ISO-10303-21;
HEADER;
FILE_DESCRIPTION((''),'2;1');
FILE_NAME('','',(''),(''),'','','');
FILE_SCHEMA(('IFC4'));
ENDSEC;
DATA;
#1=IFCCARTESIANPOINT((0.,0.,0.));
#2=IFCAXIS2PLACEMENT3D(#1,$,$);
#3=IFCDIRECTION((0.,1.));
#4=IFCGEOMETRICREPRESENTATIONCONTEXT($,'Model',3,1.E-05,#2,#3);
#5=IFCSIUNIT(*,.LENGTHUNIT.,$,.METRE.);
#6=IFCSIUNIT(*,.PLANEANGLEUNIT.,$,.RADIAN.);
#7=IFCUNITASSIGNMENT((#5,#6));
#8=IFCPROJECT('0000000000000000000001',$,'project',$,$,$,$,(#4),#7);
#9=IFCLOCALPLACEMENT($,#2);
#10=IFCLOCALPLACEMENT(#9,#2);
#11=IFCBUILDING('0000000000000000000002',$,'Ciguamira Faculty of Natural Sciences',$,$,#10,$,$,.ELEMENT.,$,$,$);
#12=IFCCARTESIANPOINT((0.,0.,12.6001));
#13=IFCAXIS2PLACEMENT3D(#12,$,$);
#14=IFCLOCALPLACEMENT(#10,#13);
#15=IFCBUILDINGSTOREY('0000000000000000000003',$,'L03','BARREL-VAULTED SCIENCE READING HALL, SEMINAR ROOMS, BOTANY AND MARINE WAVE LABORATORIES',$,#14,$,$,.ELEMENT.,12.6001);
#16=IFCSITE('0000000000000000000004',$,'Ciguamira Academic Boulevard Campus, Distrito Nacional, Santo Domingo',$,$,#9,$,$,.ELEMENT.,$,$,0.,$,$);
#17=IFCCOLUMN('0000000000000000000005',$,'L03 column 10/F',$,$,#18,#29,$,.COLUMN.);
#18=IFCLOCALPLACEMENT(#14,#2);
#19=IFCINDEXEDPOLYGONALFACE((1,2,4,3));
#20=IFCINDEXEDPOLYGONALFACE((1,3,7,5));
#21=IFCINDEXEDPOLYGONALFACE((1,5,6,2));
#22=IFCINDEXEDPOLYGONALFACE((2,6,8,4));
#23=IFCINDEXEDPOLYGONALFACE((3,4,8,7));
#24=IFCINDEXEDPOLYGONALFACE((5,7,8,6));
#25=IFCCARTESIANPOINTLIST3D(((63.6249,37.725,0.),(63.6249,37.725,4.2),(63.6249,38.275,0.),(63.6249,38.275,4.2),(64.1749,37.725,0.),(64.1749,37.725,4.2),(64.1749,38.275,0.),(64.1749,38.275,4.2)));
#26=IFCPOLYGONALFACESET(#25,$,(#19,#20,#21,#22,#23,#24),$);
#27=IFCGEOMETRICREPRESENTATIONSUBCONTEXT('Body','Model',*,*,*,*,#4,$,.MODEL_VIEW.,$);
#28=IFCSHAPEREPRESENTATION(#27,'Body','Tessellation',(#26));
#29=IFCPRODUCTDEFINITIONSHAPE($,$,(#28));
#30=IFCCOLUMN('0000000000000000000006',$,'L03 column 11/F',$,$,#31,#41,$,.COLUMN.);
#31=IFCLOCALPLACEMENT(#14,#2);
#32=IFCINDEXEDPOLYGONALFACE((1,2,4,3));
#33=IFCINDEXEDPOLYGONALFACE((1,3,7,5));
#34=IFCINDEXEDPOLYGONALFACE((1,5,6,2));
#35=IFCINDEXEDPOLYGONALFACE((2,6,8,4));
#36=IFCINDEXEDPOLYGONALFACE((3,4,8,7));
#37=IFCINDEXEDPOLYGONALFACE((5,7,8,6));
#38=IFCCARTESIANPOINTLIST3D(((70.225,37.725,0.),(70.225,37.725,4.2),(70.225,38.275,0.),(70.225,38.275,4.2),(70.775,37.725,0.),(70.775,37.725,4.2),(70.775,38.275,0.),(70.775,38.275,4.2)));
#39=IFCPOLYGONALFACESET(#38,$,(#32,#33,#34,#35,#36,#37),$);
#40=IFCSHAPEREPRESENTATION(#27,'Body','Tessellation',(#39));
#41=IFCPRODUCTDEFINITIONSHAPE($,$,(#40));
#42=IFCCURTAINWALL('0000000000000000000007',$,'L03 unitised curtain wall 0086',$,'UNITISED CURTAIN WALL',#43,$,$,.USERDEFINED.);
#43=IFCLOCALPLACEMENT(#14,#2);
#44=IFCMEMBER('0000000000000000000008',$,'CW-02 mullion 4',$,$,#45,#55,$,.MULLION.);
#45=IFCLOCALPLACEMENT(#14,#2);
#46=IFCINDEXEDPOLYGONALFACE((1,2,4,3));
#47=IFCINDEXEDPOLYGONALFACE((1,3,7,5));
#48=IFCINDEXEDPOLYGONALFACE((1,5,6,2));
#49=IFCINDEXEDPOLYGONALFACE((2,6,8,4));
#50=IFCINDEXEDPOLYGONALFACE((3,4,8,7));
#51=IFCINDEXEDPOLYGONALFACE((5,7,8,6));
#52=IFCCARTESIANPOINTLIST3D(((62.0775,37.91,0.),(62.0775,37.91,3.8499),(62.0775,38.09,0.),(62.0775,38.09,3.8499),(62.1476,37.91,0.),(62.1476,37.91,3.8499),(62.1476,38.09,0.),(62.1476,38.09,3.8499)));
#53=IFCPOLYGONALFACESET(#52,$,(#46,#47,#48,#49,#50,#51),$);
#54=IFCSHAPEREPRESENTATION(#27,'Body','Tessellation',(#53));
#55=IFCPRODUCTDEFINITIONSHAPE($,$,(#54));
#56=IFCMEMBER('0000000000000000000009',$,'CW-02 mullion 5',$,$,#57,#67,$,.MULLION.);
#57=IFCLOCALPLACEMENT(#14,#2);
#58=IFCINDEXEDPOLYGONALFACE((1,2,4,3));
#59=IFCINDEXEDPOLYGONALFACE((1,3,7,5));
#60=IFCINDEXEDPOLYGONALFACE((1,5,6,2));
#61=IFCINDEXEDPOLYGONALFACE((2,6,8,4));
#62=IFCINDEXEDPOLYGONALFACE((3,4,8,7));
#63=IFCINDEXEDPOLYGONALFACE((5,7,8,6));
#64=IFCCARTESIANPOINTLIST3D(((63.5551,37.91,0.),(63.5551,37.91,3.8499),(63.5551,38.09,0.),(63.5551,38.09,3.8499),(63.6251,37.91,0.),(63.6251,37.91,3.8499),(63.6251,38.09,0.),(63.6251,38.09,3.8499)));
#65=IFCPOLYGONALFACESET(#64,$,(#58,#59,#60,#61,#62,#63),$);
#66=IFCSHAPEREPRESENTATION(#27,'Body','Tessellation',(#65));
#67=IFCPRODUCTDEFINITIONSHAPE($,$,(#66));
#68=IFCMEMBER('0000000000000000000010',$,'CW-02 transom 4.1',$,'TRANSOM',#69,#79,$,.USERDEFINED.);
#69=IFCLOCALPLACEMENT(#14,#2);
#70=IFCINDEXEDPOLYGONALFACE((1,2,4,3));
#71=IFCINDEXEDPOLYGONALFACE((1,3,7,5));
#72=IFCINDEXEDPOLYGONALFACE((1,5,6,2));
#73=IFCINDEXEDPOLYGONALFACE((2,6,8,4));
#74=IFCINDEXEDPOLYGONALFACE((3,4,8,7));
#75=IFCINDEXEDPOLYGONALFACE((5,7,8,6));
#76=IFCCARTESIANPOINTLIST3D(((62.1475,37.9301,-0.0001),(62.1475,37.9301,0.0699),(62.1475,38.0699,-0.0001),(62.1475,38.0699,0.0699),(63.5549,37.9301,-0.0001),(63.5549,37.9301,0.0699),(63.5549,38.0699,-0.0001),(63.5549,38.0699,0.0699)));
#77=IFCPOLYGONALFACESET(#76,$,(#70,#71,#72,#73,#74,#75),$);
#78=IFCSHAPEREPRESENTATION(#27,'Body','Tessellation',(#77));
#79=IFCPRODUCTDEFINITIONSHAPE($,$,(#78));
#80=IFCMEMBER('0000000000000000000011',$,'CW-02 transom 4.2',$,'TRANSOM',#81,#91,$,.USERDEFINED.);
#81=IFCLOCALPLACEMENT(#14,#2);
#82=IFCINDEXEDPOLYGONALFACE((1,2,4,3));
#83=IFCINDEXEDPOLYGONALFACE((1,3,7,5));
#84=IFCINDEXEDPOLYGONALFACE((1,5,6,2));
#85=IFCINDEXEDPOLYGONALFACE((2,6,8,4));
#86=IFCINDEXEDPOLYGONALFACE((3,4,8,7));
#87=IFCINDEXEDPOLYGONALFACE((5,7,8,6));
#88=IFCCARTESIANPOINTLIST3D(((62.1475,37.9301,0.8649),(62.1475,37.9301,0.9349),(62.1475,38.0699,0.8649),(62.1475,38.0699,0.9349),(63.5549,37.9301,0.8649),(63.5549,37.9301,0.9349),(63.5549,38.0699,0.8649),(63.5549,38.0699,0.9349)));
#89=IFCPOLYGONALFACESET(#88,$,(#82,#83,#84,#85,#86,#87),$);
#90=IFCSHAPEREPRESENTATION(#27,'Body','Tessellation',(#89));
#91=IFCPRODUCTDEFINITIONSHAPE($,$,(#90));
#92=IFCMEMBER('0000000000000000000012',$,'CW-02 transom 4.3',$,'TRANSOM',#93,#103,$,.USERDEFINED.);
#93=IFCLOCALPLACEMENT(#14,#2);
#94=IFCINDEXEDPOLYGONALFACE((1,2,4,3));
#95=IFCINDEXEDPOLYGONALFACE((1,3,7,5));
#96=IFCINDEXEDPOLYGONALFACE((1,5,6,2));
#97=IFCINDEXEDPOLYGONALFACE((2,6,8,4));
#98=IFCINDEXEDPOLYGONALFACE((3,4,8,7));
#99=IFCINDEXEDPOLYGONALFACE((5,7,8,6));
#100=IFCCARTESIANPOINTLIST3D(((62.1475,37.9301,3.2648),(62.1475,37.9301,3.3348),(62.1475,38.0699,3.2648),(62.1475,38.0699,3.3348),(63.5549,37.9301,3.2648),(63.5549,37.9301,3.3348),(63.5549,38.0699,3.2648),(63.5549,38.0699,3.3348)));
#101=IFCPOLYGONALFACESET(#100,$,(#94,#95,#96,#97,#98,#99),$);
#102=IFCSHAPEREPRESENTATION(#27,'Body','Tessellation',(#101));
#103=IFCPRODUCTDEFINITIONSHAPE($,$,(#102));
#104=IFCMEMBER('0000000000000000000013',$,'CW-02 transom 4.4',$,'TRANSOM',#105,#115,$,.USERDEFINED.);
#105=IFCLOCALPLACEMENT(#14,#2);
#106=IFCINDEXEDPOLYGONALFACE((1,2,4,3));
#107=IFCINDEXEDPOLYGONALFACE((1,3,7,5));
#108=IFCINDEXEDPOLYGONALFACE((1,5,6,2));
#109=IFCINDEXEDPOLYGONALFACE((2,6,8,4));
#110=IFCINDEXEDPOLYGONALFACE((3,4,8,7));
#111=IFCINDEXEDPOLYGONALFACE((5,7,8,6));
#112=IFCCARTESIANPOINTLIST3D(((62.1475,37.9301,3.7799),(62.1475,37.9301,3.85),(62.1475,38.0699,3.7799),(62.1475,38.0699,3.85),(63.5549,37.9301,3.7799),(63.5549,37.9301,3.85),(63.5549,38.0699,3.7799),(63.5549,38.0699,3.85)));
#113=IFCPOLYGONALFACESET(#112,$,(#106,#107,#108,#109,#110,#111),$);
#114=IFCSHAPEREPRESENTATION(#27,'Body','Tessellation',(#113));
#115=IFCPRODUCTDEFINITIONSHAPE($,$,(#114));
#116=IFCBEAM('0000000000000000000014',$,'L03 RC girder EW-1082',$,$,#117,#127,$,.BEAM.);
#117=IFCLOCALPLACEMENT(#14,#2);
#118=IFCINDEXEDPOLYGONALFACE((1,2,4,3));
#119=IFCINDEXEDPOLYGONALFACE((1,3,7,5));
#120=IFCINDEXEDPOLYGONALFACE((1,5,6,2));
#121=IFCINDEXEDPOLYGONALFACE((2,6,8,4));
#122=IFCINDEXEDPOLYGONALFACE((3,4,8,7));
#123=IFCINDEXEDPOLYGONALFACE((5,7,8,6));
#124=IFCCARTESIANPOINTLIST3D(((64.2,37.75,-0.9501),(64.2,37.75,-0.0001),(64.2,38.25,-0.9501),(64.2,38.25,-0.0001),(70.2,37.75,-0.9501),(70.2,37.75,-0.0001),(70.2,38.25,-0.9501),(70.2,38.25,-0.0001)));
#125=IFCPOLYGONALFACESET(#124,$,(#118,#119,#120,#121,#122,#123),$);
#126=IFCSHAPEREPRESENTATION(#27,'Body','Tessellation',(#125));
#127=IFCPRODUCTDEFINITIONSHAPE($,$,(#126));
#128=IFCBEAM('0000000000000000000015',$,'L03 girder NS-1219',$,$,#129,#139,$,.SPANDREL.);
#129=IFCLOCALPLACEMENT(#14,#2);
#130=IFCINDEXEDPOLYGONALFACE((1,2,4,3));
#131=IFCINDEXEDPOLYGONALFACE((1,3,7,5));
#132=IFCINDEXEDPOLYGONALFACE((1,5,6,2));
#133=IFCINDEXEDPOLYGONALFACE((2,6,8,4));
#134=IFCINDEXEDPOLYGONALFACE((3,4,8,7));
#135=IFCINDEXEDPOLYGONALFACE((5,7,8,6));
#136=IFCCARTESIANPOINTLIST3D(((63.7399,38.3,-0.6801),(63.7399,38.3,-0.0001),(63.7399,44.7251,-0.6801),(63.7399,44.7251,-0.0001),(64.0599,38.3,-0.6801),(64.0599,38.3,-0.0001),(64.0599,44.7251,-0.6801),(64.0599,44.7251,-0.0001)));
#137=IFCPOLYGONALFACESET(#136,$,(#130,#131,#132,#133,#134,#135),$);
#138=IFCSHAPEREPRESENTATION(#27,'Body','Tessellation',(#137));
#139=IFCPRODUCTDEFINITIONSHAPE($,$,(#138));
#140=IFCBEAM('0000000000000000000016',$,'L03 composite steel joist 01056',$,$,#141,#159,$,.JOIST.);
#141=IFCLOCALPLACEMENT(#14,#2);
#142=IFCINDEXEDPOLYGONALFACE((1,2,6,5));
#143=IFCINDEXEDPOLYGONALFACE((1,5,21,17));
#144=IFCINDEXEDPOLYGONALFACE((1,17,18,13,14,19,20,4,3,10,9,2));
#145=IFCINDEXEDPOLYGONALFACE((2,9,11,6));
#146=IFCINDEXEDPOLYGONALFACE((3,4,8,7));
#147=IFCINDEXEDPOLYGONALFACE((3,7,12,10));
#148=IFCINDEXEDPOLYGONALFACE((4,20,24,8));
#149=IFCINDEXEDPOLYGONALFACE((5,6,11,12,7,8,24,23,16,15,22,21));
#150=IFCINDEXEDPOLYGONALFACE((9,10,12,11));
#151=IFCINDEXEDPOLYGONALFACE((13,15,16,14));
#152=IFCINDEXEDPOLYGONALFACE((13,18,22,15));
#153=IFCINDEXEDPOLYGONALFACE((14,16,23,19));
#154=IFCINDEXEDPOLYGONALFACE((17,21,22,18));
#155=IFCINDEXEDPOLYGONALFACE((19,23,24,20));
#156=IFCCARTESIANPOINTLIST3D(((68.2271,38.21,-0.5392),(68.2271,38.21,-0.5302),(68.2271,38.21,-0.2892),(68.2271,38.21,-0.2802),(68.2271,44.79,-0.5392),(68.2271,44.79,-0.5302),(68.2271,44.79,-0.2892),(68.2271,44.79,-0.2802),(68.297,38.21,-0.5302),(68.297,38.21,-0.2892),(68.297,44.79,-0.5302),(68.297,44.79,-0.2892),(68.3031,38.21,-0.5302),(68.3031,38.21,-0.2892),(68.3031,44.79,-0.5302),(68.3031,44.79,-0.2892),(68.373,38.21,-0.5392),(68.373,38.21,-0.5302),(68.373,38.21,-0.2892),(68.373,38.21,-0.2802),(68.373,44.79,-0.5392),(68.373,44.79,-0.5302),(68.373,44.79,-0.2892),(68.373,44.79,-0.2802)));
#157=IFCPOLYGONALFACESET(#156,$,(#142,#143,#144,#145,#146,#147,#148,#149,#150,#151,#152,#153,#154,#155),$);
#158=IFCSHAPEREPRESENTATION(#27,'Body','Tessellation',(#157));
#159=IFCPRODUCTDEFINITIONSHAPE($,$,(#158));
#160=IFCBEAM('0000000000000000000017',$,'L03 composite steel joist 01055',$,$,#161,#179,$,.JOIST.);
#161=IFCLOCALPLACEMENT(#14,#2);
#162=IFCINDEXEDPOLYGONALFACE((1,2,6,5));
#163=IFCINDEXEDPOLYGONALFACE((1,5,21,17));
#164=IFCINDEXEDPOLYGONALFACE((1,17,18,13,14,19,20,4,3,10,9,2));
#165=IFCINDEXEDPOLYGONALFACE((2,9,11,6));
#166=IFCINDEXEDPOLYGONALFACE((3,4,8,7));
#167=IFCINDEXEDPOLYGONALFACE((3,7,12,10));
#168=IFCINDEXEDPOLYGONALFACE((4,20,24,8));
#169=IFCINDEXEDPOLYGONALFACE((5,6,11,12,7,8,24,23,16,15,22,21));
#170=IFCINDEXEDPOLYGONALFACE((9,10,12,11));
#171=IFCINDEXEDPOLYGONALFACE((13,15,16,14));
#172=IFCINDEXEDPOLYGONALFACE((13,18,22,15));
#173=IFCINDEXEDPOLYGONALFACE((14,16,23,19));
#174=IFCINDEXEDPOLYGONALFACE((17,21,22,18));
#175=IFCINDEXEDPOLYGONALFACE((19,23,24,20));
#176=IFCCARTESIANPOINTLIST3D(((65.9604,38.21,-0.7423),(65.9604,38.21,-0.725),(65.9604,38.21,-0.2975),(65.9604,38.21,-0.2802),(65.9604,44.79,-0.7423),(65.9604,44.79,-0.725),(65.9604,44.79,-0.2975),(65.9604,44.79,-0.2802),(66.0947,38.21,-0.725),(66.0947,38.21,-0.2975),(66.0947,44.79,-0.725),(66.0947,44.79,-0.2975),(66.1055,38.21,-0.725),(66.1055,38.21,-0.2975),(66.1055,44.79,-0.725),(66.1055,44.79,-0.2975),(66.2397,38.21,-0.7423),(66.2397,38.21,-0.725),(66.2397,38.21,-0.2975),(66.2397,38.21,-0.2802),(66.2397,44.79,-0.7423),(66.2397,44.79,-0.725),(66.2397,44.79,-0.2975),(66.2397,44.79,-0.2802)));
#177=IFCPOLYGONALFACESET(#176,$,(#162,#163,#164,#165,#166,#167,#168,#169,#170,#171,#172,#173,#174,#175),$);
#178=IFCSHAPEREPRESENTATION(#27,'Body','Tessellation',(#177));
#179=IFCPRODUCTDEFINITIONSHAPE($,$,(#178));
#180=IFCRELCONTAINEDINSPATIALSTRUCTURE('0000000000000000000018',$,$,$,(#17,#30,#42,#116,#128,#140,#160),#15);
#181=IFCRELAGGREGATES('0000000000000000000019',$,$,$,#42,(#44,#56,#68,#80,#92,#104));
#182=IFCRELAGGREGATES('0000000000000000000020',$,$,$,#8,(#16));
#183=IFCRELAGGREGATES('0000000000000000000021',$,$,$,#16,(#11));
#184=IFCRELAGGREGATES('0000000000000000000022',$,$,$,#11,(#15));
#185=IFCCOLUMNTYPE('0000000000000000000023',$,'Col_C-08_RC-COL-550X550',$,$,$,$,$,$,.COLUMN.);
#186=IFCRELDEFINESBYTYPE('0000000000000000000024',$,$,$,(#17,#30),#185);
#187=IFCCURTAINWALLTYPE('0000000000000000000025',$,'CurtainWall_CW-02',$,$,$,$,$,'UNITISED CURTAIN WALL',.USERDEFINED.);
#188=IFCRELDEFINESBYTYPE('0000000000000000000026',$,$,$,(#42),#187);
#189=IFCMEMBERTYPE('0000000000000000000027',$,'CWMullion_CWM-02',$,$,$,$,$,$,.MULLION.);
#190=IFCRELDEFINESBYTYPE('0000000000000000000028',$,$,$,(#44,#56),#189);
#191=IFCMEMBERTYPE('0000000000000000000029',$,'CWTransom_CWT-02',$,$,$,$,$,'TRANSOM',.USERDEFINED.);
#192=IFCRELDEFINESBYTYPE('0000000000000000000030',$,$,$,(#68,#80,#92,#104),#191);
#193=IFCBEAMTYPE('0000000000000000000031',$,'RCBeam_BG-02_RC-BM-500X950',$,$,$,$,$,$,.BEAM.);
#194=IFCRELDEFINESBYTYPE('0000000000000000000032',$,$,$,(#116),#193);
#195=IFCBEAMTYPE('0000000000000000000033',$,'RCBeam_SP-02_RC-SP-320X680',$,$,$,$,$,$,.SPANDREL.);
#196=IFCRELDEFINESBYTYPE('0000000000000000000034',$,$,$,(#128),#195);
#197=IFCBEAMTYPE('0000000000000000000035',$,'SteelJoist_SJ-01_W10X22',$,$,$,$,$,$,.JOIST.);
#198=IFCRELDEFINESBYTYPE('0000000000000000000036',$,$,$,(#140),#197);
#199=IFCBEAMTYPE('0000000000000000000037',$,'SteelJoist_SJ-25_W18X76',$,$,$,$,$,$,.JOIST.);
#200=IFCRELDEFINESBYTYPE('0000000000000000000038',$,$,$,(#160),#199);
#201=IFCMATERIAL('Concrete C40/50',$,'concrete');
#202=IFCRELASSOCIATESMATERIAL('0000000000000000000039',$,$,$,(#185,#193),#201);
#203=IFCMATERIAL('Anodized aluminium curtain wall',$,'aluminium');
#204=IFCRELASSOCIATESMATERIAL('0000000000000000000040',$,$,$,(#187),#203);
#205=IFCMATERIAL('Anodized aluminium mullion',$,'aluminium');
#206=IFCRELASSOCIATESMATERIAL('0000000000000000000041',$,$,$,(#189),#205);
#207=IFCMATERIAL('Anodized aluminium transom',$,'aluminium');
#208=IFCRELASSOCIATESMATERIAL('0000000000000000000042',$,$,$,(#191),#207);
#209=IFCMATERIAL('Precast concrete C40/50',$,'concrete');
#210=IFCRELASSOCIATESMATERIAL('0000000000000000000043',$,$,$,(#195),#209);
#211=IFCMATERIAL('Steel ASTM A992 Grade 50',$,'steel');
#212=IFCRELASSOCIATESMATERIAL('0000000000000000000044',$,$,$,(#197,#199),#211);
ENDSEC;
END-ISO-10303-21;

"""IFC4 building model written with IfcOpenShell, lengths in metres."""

from ifc_helpers import new_model, si_unit, direction, frame, origin, origin_2d, place, context, subcontext, project, spatial, rectangle, i_section, extrude, material, material_profile, profile_set, type_object, element, aggregate, save


model = new_model("IFC4")

# Units and contexts
model_context = context("Model", 3, precision=1e-05, world=origin(), true_north=direction((0.0, 1.0)))
body_context = subcontext(model_context, "Body", "Model", "MODEL_VIEW")
ifc_project = project(units=[si_unit("LENGTHUNIT", "METRE"), si_unit("PLANEANGLEUNIT", "RADIAN")], contexts=[model_context])

# Site, building, storey
site_placement = place(None, origin())
site = spatial("IfcSite", under=ifc_project, at=site_placement, Name="Ciguamira Academic Boulevard Campus, Distrito Nacional, Santo Domingo", CompositionType="ELEMENT", RefElevation=0.0)
building_placement = place(site_placement, origin())
building = spatial("IfcBuilding", under=site, at=building_placement, Name="Ciguamira Faculty of Natural Sciences", CompositionType="ELEMENT")
storey_placement = place(building_placement, frame((0.0, 0.0, 12.6001)))
storey = spatial("IfcBuildingStorey", under=building, at=storey_placement, Name="L03", Description="BARREL-VAULTED SCIENCE READING HALL, SEMINAR ROOMS, BOTANY AND MARINE WAVE LABORATORIES", CompositionType="ELEMENT", Elevation=12.6001)

# Columns
ifc_material_1 = material(Name="Concrete C40/50", Category="concrete")
ifc_material_profile_1 = material_profile(ifc_material_1, rectangle(XDim=0.55, YDim=0.55, at=origin_2d()), Name="RC-COL-550X550")
ifc_profile_set_1 = profile_set([ifc_material_profile_1], Name="Concrete C40/50")
column_type = type_object("IfcColumnType", Name="Col_C-08_RC-COL-550X550", PredefinedType="COLUMN", material=ifc_profile_set_1)
for number, where, z_axis, x_axis, name in (
    (1, (63.8999, 38.0, 0.0), (0.0, 0.0, 1.0), (1.0, 0.0, 0.0), "L03 column 10/F"),
    (2, (70.5, 38.0, 0.0), (0.0, 0.0, 1.0), (1.0, 0.0, 0.0), "L03 column 11/F"),
):
    element("IfcColumn", number, at=place(storey_placement, frame(where, z_axis=z_axis, x_axis=x_axis)), inside=storey, type_object=column_type, Name=name, PredefinedType="COLUMN", context=body_context, shape_type="SweptSolid", body=[
        extrude(rectangle(XDim=0.55, YDim=0.55, at=origin_2d()), origin(), (0.0, 0.0, 1.0), 4.2),
    ])

# Curtain wall, members
ifc_material_2 = material(Name="Anodized aluminium curtain wall", Category="aluminium")
curtain_wall_type = type_object("IfcCurtainWallType", Name="CurtainWall_CW-02", ElementType="UNITISED CURTAIN WALL", PredefinedType="USERDEFINED", material=ifc_material_2)
curtain_wall_placement = place(storey_placement, origin())
curtain_wall = element("IfcCurtainWall", 3, at=curtain_wall_placement, inside=storey, type_object=curtain_wall_type, Name="L03 unitised curtain wall 0086", ObjectType="UNITISED CURTAIN WALL", PredefinedType="USERDEFINED")
ifc_material_3 = material(Name="Anodized aluminium mullion", Category="aluminium")
ifc_material_profile_2 = material_profile(ifc_material_3, rectangle(XDim=0.0701, YDim=0.1799, at=origin_2d()), Name="ALU-MUL-70X180")
ifc_profile_set_2 = profile_set([ifc_material_profile_2], Name="Anodized aluminium mullion")
member_type_1 = type_object("IfcMemberType", Name="CWMullion_CWM-02", PredefinedType="MULLION", material=ifc_profile_set_2)
member_1_placement = place(storey_placement, frame((62.1125, 38.0, 0.0), z_axis=(0.0, 0.0, 1.0), x_axis=(1.0, 0.0, 0.0)))
member_1 = element("IfcMember", 4, at=member_1_placement, type_object=member_type_1, Name="CW-02 mullion 4", PredefinedType="MULLION", context=body_context, shape_type="SweptSolid", body=[
    extrude(rectangle(XDim=0.0701, YDim=0.1799, at=origin_2d()), origin(), (0.0, 0.0, 1.0), 3.8499),
])
member_2_placement = place(storey_placement, frame((63.5901, 38.0, 0.0), z_axis=(0.0, 0.0, 1.0), x_axis=(1.0, 0.0, 0.0)))
member_2 = element("IfcMember", 5, at=member_2_placement, type_object=member_type_1, Name="CW-02 mullion 5", PredefinedType="MULLION", context=body_context, shape_type="SweptSolid", body=[
    extrude(rectangle(XDim=0.0701, YDim=0.1799, at=origin_2d()), origin(), (0.0, 0.0, 1.0), 3.8499),
])
ifc_material_4 = material(Name="Anodized aluminium transom", Category="aluminium")
ifc_material_profile_3 = material_profile(ifc_material_4, rectangle(XDim=0.0701, YDim=0.1399, at=origin_2d()), Name="ALU-TRN-70X140")
ifc_profile_set_3 = profile_set([ifc_material_profile_3], Name="Anodized aluminium transom")
member_type_2 = type_object("IfcMemberType", Name="CWTransom_CWT-02", ElementType="TRANSOM", PredefinedType="USERDEFINED", material=ifc_profile_set_3)
member_3_placement = place(storey_placement, frame((62.1475, 38.0, 0.0349), z_axis=(1.0, 0.0, 0.0), x_axis=(0.0, 0.0, 1.0)))
member_3 = element("IfcMember", 6, at=member_3_placement, type_object=member_type_2, Name="CW-02 transom 4.1", ObjectType="TRANSOM", PredefinedType="USERDEFINED", context=body_context, shape_type="SweptSolid", body=[
    extrude(rectangle(XDim=0.0701, YDim=0.1399, at=origin_2d()), origin(), (0.0, 0.0, 1.0), 1.4075),
])
member_4_placement = place(storey_placement, frame((62.1475, 38.0, 0.8999), z_axis=(1.0, 0.0, 0.0), x_axis=(0.0, 0.0, 1.0)))
member_4 = element("IfcMember", 7, at=member_4_placement, type_object=member_type_2, Name="CW-02 transom 4.2", ObjectType="TRANSOM", PredefinedType="USERDEFINED", context=body_context, shape_type="SweptSolid", body=[
    extrude(rectangle(XDim=0.0701, YDim=0.1399, at=origin_2d()), origin(), (0.0, 0.0, 1.0), 1.4075),
])
member_5_placement = place(storey_placement, frame((62.1475, 38.0, 3.2998), z_axis=(1.0, 0.0, 0.0), x_axis=(0.0, 0.0, 1.0)))
member_5 = element("IfcMember", 8, at=member_5_placement, type_object=member_type_2, Name="CW-02 transom 4.3", ObjectType="TRANSOM", PredefinedType="USERDEFINED", context=body_context, shape_type="SweptSolid", body=[
    extrude(rectangle(XDim=0.0701, YDim=0.1399, at=origin_2d()), origin(), (0.0, 0.0, 1.0), 1.4075),
])
member_6_placement = place(storey_placement, frame((62.1475, 38.0, 3.8149), z_axis=(1.0, 0.0, 0.0), x_axis=(0.0, 0.0, 1.0)))
member_6 = element("IfcMember", 9, at=member_6_placement, type_object=member_type_2, Name="CW-02 transom 4.4", ObjectType="TRANSOM", PredefinedType="USERDEFINED", context=body_context, shape_type="SweptSolid", body=[
    extrude(rectangle(XDim=0.0701, YDim=0.1399, at=origin_2d()), origin(), (0.0, 0.0, 1.0), 1.4075),
])

# Beams
ifc_material_profile_4 = material_profile(ifc_material_1, rectangle(XDim=0.5, YDim=0.95, at=origin_2d()), Name="RC-BM-500X950")
ifc_profile_set_4 = profile_set([ifc_material_profile_4], Name="Concrete C40/50")
beam_type_1 = type_object("IfcBeamType", Name="RCBeam_BG-02_RC-BM-500X950", PredefinedType="BEAM", material=ifc_profile_set_4)
beam_1_placement = place(storey_placement, frame((64.2, 38.0, -0.4751), z_axis=(1.0, 0.0, 0.0), x_axis=(0.0, 1.0, 0.0)))
element("IfcBeam", 10, at=beam_1_placement, inside=storey, type_object=beam_type_1, Name="L03 RC girder EW-1082", PredefinedType="BEAM", context=body_context, shape_type="SweptSolid", body=[
    extrude(rectangle(XDim=0.5, YDim=0.95, at=origin_2d()), origin(), (0.0, 0.0, 1.0), 6.0),
])
ifc_material_5 = material(Name="Precast concrete C40/50", Category="concrete")
ifc_material_profile_5 = material_profile(ifc_material_5, rectangle(XDim=0.3201, YDim=0.6799, at=origin_2d()), Name="RC-SP-320X680")
ifc_profile_set_5 = profile_set([ifc_material_profile_5], Name="Precast concrete C40/50")
beam_type_2 = type_object("IfcBeamType", Name="RCBeam_SP-02_RC-SP-320X680", PredefinedType="SPANDREL", material=ifc_profile_set_5)
beam_2_placement = place(storey_placement, frame((63.8999, 38.3, -0.3401), z_axis=(0.0, 1.0, 0.0), x_axis=(-1.0, 0.0, 0.0)))
element("IfcBeam", 11, at=beam_2_placement, inside=storey, type_object=beam_type_2, Name="L03 girder NS-1219", PredefinedType="SPANDREL", context=body_context, shape_type="SweptSolid", body=[
    extrude(rectangle(XDim=0.3201, YDim=0.6799, at=origin_2d()), origin(), (0.0, 0.0, 1.0), 6.425),
])
ifc_material_6 = material(Name="Steel ASTM A992 Grade 50", Category="steel")
ifc_material_profile_6 = material_profile(ifc_material_6, i_section(OverallWidth=0.146, OverallDepth=0.259, WebThickness=0.0061, FlangeThickness=0.009, at=origin_2d()), Name="W10X22")
ifc_profile_set_6 = profile_set([ifc_material_profile_6], Name="Steel ASTM A992 Grade 50")
beam_type_3 = type_object("IfcBeamType", Name="SteelJoist_SJ-01_W10X22", PredefinedType="JOIST", material=ifc_profile_set_6)
beam_3_placement = place(storey_placement, frame((68.3, 38.21, -0.4097), z_axis=(0.0, 1.0, 0.0), x_axis=(-1.0, 0.0, 0.0)))
element("IfcBeam", 12, at=beam_3_placement, inside=storey, type_object=beam_type_3, Name="L03 composite steel joist 01056", PredefinedType="JOIST", context=body_context, shape_type="SweptSolid", body=[
    extrude(i_section(OverallWidth=0.146, OverallDepth=0.259, WebThickness=0.0061, FlangeThickness=0.009, at=origin_2d()), origin(), (0.0, 0.0, 1.0), 6.5801),
])
ifc_material_profile_7 = material_profile(ifc_material_6, i_section(OverallWidth=0.2793, OverallDepth=0.4622, WebThickness=0.0107, FlangeThickness=0.0173, at=origin_2d()), Name="W18X76")
ifc_profile_set_7 = profile_set([ifc_material_profile_7], Name="Steel ASTM A992 Grade 50")
beam_type_4 = type_object("IfcBeamType", Name="SteelJoist_SJ-25_W18X76", PredefinedType="JOIST", material=ifc_profile_set_7)
beam_4_placement = place(storey_placement, frame((66.1001, 38.21, -0.5112), z_axis=(0.0, 1.0, 0.0), x_axis=(-1.0, 0.0, 0.0)))
element("IfcBeam", 13, at=beam_4_placement, inside=storey, type_object=beam_type_4, Name="L03 composite steel joist 01055", PredefinedType="JOIST", context=body_context, shape_type="SweptSolid", body=[
    extrude(i_section(OverallWidth=0.2793, OverallDepth=0.4622, WebThickness=0.0107, FlangeThickness=0.0173, at=origin_2d()), origin(), (0.0, 0.0, 1.0), 6.5801),
])

aggregate(curtain_wall, [member_1, member_2, member_3, member_4, member_5, member_6])

save(model, "model.ifc")
